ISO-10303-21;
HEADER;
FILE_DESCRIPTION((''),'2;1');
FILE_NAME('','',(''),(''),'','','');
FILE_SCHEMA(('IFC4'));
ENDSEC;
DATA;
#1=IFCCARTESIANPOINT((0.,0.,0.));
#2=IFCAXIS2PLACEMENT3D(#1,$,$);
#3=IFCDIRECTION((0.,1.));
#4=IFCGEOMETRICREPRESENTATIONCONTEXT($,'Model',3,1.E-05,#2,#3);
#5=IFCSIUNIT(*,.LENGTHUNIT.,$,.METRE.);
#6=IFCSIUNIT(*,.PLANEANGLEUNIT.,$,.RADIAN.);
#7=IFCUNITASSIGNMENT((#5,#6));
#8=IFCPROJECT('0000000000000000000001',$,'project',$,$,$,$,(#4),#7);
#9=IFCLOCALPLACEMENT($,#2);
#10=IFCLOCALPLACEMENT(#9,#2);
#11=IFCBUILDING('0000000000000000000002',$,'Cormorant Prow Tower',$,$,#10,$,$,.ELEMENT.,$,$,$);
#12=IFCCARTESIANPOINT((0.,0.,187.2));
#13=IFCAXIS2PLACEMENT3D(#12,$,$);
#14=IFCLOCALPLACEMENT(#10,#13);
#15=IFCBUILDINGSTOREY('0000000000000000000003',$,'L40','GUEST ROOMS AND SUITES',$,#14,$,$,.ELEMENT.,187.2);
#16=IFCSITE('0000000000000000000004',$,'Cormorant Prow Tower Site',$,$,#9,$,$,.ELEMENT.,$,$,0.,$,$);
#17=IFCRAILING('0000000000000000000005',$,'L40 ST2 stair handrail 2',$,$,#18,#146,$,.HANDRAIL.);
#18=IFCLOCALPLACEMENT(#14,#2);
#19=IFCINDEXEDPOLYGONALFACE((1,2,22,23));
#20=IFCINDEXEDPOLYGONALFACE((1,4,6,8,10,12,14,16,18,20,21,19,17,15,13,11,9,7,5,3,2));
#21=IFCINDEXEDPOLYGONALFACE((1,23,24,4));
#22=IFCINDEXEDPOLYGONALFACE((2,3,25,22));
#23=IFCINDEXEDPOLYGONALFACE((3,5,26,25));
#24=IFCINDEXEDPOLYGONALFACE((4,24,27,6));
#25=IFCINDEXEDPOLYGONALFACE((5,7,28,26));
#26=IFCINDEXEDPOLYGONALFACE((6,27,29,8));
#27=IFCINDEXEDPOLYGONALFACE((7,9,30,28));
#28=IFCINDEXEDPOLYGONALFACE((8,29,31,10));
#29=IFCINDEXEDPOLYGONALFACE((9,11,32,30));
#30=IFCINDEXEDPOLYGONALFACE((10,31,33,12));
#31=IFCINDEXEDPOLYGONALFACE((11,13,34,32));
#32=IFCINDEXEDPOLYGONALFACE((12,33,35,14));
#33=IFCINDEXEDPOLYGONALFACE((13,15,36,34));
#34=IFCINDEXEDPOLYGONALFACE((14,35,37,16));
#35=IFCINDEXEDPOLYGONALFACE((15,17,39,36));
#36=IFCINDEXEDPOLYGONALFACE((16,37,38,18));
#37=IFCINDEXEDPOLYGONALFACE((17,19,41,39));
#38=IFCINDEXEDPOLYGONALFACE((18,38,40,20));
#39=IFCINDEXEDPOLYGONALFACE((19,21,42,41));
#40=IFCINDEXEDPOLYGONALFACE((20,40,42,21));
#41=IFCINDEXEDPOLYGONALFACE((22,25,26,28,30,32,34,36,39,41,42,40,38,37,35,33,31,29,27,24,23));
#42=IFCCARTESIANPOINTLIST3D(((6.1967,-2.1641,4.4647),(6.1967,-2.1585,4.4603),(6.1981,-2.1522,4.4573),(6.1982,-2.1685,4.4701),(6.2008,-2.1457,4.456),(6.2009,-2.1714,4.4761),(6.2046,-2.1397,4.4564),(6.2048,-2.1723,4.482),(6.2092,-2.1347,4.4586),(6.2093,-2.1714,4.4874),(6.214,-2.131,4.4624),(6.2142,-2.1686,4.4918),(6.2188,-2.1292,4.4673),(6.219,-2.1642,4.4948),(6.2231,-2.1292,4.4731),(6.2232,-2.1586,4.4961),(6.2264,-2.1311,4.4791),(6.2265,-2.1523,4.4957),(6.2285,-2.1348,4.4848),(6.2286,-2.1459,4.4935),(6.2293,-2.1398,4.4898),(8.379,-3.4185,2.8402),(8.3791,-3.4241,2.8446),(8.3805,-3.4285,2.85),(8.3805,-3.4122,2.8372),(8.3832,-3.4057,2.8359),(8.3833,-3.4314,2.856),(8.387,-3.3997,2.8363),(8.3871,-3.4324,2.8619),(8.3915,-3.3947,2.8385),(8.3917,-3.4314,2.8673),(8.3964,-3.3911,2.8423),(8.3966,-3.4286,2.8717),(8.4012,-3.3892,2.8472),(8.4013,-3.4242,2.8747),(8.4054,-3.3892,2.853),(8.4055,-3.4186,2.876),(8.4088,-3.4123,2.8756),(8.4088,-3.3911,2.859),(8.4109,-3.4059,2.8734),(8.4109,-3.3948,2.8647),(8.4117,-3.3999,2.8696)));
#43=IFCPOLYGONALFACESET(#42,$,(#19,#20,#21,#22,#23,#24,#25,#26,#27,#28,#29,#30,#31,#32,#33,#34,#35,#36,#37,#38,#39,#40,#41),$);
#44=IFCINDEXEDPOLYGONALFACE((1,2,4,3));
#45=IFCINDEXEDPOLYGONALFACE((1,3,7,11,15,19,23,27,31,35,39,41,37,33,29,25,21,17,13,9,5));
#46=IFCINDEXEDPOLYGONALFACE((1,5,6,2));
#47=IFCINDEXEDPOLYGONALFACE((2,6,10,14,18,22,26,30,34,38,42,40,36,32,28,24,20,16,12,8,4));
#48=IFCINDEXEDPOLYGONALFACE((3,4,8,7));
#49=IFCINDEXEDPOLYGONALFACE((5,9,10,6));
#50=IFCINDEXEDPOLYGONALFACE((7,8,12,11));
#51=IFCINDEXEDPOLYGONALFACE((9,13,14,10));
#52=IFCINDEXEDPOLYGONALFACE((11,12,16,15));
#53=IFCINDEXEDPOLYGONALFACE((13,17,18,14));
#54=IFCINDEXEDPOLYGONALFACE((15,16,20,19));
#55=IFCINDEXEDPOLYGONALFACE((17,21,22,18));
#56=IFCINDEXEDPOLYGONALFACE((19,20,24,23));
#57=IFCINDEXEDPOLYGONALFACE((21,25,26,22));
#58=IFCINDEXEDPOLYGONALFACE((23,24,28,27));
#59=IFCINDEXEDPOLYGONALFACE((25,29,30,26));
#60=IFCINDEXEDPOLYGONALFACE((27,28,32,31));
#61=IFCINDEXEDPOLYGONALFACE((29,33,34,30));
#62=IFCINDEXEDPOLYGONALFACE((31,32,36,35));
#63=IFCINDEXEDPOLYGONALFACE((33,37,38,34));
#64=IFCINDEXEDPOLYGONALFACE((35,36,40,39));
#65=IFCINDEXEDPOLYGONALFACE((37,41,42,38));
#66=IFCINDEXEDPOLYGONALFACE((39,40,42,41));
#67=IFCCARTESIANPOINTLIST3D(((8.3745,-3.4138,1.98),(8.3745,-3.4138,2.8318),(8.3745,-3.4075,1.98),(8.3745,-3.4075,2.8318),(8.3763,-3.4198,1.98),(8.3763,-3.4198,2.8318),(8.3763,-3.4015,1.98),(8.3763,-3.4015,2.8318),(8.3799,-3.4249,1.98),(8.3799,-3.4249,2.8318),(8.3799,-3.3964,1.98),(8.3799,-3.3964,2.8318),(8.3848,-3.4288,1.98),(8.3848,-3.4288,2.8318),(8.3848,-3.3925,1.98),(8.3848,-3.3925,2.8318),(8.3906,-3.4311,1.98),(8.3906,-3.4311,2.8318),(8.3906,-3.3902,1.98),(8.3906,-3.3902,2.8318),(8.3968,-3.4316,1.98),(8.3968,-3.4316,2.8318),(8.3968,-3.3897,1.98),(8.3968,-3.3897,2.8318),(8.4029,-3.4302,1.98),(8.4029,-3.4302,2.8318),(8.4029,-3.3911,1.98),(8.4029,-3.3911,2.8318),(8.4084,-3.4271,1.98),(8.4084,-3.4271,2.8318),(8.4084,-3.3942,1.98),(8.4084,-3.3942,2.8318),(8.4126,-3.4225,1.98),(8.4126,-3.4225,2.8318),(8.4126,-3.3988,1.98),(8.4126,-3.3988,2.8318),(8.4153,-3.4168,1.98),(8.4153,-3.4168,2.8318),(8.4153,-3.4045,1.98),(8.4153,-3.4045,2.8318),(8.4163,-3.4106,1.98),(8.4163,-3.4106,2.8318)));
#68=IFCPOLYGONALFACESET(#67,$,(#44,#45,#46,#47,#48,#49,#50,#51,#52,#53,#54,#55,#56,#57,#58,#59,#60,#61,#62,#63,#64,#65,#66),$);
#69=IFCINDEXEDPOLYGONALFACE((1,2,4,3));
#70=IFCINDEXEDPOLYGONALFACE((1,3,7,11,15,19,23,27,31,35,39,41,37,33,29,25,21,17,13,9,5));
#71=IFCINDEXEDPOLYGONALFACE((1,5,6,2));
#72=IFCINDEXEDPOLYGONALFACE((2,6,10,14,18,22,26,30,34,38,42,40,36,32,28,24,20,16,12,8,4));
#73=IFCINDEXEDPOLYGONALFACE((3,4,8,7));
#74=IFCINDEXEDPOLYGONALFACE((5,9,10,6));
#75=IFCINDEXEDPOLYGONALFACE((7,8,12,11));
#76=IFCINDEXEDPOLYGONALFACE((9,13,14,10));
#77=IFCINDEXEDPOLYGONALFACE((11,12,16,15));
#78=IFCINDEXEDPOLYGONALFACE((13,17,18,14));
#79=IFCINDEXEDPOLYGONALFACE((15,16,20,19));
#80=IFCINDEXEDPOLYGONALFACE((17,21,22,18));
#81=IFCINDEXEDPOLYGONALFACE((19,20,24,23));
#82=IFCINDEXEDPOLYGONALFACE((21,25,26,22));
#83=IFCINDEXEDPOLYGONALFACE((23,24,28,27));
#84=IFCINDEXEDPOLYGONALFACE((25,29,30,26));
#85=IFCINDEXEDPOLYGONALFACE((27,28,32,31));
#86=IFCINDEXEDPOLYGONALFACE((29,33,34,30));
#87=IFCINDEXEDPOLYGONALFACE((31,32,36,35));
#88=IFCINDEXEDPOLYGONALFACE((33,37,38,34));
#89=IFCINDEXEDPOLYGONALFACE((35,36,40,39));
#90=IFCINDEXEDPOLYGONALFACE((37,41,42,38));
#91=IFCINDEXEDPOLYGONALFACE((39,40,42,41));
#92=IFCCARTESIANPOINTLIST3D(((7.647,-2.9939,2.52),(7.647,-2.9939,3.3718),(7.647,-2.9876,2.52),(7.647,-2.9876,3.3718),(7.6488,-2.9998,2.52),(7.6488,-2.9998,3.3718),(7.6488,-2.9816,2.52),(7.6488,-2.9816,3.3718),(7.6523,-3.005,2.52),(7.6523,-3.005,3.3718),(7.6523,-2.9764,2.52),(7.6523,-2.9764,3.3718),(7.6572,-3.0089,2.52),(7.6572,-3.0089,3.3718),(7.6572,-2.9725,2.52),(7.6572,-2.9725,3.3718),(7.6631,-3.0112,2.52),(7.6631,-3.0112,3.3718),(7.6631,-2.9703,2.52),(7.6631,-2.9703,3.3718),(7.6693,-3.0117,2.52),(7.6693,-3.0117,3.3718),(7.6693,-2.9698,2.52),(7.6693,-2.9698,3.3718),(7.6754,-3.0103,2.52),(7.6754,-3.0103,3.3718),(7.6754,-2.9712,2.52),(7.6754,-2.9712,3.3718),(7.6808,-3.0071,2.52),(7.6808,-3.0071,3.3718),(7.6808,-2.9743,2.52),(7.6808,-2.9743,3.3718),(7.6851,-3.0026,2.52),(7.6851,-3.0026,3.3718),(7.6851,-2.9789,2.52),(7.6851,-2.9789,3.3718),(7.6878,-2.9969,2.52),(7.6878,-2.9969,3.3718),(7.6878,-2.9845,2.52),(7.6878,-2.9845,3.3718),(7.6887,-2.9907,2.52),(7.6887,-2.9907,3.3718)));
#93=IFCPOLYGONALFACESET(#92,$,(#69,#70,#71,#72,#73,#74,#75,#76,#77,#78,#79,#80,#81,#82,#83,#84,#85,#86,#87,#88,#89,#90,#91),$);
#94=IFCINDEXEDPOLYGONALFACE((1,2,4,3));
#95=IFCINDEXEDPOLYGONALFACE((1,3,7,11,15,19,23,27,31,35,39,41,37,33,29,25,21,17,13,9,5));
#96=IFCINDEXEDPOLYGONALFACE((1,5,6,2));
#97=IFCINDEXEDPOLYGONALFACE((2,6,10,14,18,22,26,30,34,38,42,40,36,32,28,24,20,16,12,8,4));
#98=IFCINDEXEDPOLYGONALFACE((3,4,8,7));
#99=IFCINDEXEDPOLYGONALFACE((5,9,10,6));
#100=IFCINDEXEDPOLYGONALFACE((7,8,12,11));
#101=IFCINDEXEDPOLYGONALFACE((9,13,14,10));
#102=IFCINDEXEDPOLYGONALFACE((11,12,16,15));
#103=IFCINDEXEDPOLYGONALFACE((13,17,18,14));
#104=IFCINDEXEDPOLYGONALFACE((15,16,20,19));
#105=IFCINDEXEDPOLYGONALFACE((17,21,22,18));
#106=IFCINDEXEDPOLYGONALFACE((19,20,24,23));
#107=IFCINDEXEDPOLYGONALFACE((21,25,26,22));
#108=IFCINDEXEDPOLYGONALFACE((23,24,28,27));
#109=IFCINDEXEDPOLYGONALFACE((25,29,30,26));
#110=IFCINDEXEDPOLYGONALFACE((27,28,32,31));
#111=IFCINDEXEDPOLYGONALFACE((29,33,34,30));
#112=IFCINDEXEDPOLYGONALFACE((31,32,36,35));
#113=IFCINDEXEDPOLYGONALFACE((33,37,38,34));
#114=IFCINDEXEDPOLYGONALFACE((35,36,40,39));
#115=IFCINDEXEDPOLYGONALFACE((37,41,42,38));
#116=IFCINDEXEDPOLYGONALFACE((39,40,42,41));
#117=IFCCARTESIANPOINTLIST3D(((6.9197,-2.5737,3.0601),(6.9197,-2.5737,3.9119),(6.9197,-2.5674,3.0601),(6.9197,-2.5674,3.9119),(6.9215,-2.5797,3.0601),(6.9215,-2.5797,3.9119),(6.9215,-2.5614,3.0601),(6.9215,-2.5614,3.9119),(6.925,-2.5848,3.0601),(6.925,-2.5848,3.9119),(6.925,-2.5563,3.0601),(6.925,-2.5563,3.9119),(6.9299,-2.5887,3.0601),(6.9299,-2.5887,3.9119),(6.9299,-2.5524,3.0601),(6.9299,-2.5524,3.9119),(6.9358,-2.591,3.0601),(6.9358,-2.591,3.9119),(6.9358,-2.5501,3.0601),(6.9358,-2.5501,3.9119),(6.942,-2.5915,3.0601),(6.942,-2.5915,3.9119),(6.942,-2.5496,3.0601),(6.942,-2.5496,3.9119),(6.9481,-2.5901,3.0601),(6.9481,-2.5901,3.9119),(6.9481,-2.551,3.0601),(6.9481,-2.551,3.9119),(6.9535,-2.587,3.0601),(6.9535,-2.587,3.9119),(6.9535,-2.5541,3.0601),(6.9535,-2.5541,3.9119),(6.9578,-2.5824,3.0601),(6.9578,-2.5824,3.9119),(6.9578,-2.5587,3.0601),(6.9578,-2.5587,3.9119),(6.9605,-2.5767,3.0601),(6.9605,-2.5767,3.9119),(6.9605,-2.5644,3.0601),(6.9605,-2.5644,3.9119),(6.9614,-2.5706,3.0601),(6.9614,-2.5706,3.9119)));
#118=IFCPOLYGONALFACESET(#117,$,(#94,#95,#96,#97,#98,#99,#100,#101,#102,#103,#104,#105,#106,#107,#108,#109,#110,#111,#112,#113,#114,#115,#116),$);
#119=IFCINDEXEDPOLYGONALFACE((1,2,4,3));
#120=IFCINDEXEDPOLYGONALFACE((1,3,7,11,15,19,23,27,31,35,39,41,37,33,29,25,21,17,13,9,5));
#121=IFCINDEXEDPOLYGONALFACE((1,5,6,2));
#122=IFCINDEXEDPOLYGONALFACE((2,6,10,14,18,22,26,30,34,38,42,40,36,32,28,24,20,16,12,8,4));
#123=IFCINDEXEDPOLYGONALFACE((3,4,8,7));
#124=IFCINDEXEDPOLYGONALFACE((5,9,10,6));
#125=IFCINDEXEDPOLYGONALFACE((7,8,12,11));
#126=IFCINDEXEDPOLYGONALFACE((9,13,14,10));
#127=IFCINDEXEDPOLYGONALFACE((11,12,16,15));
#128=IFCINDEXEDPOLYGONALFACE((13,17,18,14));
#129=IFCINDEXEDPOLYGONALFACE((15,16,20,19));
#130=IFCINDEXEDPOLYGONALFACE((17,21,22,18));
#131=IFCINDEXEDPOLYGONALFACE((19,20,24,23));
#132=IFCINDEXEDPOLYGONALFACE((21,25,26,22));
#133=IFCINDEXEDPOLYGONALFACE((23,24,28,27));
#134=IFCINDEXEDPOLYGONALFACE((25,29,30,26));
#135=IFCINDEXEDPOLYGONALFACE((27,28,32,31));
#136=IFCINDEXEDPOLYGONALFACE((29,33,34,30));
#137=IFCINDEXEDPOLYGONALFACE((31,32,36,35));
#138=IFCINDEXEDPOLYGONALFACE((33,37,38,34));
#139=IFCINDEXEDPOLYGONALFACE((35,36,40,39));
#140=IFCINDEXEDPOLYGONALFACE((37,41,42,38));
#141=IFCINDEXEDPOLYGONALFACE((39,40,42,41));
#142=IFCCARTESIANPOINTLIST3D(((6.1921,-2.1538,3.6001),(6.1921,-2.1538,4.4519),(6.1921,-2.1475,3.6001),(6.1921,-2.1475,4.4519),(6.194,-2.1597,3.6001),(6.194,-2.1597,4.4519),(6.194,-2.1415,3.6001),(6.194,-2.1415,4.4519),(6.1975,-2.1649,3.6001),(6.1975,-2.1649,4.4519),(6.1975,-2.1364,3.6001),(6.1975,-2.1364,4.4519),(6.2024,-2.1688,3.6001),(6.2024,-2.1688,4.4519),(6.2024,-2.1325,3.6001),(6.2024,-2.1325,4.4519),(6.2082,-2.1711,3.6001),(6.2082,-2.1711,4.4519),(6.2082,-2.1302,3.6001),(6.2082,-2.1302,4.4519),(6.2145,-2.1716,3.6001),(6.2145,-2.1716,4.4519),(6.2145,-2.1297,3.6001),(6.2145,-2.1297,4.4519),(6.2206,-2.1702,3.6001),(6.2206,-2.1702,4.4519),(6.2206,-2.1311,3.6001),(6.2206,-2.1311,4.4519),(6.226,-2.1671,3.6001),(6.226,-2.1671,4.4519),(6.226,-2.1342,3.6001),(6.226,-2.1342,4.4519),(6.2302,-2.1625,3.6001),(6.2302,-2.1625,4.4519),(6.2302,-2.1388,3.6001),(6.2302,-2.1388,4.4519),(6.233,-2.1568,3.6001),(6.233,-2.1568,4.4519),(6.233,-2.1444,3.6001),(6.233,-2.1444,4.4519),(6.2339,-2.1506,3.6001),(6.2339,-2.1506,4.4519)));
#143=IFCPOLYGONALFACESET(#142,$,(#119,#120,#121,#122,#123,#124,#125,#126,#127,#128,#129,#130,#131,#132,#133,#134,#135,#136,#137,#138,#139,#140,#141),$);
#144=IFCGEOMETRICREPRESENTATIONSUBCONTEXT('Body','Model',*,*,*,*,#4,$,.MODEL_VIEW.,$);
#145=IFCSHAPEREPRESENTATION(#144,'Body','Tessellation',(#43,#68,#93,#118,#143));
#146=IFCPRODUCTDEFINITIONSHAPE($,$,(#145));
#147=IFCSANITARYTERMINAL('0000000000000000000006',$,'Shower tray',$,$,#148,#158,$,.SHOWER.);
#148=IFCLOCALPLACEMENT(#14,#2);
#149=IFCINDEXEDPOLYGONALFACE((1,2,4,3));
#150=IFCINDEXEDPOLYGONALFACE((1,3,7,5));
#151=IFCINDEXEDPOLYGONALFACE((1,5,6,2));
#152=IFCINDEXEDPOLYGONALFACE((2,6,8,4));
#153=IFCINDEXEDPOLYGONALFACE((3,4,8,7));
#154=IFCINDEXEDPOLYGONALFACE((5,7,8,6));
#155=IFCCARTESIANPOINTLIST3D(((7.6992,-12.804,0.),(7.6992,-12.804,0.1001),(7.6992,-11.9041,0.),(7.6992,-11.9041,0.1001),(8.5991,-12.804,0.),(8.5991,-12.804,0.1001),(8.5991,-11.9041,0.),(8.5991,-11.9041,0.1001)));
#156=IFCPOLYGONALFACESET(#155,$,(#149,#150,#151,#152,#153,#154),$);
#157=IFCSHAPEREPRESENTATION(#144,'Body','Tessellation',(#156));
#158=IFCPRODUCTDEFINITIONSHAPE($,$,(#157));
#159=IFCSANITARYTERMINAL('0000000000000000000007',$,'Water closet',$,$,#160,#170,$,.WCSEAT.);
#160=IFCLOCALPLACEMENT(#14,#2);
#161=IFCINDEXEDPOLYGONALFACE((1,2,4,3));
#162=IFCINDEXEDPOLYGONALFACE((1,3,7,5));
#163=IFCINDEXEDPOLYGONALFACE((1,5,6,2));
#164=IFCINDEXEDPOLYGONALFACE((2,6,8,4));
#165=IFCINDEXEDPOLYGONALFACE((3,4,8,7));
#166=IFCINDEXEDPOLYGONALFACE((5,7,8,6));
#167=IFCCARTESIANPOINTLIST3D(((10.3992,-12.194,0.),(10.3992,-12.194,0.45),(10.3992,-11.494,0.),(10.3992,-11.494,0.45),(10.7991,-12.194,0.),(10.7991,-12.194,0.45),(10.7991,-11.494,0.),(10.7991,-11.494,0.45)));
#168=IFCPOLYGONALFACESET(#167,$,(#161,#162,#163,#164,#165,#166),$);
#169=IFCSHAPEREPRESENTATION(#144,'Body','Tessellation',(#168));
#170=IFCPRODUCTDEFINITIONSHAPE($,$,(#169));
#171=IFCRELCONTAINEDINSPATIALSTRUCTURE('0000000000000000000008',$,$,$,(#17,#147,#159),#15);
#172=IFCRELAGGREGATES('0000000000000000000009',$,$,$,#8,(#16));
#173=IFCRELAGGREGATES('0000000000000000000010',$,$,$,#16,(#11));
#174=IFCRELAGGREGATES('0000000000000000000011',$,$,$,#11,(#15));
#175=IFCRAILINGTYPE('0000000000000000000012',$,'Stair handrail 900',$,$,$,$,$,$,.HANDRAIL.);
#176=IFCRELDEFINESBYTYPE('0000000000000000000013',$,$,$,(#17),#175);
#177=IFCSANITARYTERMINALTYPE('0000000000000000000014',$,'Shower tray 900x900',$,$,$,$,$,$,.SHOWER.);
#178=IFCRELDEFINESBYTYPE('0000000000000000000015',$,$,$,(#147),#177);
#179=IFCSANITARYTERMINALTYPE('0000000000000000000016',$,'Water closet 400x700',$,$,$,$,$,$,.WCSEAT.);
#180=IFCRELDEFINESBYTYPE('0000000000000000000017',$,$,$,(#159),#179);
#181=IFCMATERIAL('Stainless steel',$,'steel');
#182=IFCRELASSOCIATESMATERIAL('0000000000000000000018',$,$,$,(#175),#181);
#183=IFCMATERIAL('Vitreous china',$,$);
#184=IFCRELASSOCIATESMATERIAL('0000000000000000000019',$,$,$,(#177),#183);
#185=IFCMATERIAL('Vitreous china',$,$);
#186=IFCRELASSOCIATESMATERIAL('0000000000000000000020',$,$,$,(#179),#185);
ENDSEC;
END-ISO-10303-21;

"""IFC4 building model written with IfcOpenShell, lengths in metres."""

from ifc_helpers import new_model, si_unit, direction, frame, origin, origin_2d, place, context, subcontext, project, spatial, rectangle, circle, extrude, material, type_object, element, save


model = new_model("IFC4")

# Units and contexts
model_context = context("Model", 3, precision=1e-05, world=origin(), true_north=direction((0.0, 1.0)))
body_context = subcontext(model_context, "Body", "Model", "MODEL_VIEW")
ifc_project = project(units=[si_unit("LENGTHUNIT", "METRE"), si_unit("PLANEANGLEUNIT", "RADIAN")], contexts=[model_context])

# Site, building, storey
site_placement = place(None, origin())
site = spatial("IfcSite", under=ifc_project, at=site_placement, Name="Cormorant Prow Tower Site", CompositionType="ELEMENT", RefElevation=0.0)
building_placement = place(site_placement, origin())
building = spatial("IfcBuilding", under=site, at=building_placement, Name="Cormorant Prow Tower", CompositionType="ELEMENT")
storey_placement = place(building_placement, frame((0.0, 0.0, 187.2)))
storey = spatial("IfcBuildingStorey", under=building, at=storey_placement, Name="L40", Description="GUEST ROOMS AND SUITES", CompositionType="ELEMENT", Elevation=187.2)

# Railing
ifc_material_1 = material(Name="Stainless steel", Category="steel")
railing_type_1 = type_object("IfcRailingType", Name="Stair handrail 900", PredefinedType="HANDRAIL", material=ifc_material_1)
railing_1_placement = place(storey_placement, frame((8.3953, -3.4106, 1.98)))
element("IfcRailing", 1, at=railing_1_placement, inside=storey, type_object=railing_type_1, Name="L40 ST2 stair handrail 2", PredefinedType="HANDRAIL", context=body_context, shape_type="SweptSolid", body=[
    extrude(circle(Radius=0.0239, at=origin_2d()), frame((0.0, 0.0, 0.876), z_axis=(-0.728464, 0.420584, 0.540786), x_axis=(-0.500005, -0.866023, 0.0)), (0.0, 0.0, 1.0), 2.9958),
    extrude(circle(Radius=0.021, at=origin_2d()), origin(), (0.0, 0.0, 1.0), 0.8518),
    extrude(circle(Radius=0.021, at=origin_2d()), frame((-0.7275, 0.4199, 0.54)), (0.0, 0.0, 1.0), 0.8518),
    extrude(circle(Radius=0.021, at=origin_2d()), frame((-1.4548, 0.8401, 1.0801)), (0.0, 0.0, 1.0), 0.8518),
    extrude(circle(Radius=0.021, at=origin_2d()), frame((-2.1824, 1.26, 1.6201)), (0.0, 0.0, 1.0), 0.8518),
])

# Sanitary terminals
ifc_material_2 = material(Name="Vitreous china")
sanitary_terminal_type_1 = type_object("IfcSanitaryTerminalType", Name="Shower tray 900x900", PredefinedType="SHOWER", material=ifc_material_2)
sanitary_terminal_1_placement = place(storey_placement, frame((8.1492, -12.354, 0.0), z_axis=(0.0, 0.0, 1.0), x_axis=(1.0, 0.0, 0.0)))
element("IfcSanitaryTerminal", 2, at=sanitary_terminal_1_placement, inside=storey, type_object=sanitary_terminal_type_1, Name="Shower tray", PredefinedType="SHOWER", context=body_context, shape_type="SweptSolid", body=[
    extrude(rectangle(XDim=0.8999, YDim=0.8999, at=origin_2d()), origin(), (0.0, 0.0, 1.0), 0.1001),
])
ifc_material_3 = material(Name="Vitreous china")
sanitary_terminal_type_2 = type_object("IfcSanitaryTerminalType", Name="Water closet 400x700", PredefinedType="WCSEAT", material=ifc_material_3)
sanitary_terminal_2_placement = place(storey_placement, frame((10.5991, -11.844, 0.0), z_axis=(0.0, 0.0, 1.0), x_axis=(1.0, 0.0, 0.0)))
element("IfcSanitaryTerminal", 3, at=sanitary_terminal_2_placement, inside=storey, type_object=sanitary_terminal_type_2, Name="Water closet", PredefinedType="WCSEAT", context=body_context, shape_type="SweptSolid", body=[
    extrude(rectangle(XDim=0.3999, YDim=0.7, at=origin_2d()), origin(), (0.0, 0.0, 1.0), 0.45),
])

save(model, "model.ifc")
